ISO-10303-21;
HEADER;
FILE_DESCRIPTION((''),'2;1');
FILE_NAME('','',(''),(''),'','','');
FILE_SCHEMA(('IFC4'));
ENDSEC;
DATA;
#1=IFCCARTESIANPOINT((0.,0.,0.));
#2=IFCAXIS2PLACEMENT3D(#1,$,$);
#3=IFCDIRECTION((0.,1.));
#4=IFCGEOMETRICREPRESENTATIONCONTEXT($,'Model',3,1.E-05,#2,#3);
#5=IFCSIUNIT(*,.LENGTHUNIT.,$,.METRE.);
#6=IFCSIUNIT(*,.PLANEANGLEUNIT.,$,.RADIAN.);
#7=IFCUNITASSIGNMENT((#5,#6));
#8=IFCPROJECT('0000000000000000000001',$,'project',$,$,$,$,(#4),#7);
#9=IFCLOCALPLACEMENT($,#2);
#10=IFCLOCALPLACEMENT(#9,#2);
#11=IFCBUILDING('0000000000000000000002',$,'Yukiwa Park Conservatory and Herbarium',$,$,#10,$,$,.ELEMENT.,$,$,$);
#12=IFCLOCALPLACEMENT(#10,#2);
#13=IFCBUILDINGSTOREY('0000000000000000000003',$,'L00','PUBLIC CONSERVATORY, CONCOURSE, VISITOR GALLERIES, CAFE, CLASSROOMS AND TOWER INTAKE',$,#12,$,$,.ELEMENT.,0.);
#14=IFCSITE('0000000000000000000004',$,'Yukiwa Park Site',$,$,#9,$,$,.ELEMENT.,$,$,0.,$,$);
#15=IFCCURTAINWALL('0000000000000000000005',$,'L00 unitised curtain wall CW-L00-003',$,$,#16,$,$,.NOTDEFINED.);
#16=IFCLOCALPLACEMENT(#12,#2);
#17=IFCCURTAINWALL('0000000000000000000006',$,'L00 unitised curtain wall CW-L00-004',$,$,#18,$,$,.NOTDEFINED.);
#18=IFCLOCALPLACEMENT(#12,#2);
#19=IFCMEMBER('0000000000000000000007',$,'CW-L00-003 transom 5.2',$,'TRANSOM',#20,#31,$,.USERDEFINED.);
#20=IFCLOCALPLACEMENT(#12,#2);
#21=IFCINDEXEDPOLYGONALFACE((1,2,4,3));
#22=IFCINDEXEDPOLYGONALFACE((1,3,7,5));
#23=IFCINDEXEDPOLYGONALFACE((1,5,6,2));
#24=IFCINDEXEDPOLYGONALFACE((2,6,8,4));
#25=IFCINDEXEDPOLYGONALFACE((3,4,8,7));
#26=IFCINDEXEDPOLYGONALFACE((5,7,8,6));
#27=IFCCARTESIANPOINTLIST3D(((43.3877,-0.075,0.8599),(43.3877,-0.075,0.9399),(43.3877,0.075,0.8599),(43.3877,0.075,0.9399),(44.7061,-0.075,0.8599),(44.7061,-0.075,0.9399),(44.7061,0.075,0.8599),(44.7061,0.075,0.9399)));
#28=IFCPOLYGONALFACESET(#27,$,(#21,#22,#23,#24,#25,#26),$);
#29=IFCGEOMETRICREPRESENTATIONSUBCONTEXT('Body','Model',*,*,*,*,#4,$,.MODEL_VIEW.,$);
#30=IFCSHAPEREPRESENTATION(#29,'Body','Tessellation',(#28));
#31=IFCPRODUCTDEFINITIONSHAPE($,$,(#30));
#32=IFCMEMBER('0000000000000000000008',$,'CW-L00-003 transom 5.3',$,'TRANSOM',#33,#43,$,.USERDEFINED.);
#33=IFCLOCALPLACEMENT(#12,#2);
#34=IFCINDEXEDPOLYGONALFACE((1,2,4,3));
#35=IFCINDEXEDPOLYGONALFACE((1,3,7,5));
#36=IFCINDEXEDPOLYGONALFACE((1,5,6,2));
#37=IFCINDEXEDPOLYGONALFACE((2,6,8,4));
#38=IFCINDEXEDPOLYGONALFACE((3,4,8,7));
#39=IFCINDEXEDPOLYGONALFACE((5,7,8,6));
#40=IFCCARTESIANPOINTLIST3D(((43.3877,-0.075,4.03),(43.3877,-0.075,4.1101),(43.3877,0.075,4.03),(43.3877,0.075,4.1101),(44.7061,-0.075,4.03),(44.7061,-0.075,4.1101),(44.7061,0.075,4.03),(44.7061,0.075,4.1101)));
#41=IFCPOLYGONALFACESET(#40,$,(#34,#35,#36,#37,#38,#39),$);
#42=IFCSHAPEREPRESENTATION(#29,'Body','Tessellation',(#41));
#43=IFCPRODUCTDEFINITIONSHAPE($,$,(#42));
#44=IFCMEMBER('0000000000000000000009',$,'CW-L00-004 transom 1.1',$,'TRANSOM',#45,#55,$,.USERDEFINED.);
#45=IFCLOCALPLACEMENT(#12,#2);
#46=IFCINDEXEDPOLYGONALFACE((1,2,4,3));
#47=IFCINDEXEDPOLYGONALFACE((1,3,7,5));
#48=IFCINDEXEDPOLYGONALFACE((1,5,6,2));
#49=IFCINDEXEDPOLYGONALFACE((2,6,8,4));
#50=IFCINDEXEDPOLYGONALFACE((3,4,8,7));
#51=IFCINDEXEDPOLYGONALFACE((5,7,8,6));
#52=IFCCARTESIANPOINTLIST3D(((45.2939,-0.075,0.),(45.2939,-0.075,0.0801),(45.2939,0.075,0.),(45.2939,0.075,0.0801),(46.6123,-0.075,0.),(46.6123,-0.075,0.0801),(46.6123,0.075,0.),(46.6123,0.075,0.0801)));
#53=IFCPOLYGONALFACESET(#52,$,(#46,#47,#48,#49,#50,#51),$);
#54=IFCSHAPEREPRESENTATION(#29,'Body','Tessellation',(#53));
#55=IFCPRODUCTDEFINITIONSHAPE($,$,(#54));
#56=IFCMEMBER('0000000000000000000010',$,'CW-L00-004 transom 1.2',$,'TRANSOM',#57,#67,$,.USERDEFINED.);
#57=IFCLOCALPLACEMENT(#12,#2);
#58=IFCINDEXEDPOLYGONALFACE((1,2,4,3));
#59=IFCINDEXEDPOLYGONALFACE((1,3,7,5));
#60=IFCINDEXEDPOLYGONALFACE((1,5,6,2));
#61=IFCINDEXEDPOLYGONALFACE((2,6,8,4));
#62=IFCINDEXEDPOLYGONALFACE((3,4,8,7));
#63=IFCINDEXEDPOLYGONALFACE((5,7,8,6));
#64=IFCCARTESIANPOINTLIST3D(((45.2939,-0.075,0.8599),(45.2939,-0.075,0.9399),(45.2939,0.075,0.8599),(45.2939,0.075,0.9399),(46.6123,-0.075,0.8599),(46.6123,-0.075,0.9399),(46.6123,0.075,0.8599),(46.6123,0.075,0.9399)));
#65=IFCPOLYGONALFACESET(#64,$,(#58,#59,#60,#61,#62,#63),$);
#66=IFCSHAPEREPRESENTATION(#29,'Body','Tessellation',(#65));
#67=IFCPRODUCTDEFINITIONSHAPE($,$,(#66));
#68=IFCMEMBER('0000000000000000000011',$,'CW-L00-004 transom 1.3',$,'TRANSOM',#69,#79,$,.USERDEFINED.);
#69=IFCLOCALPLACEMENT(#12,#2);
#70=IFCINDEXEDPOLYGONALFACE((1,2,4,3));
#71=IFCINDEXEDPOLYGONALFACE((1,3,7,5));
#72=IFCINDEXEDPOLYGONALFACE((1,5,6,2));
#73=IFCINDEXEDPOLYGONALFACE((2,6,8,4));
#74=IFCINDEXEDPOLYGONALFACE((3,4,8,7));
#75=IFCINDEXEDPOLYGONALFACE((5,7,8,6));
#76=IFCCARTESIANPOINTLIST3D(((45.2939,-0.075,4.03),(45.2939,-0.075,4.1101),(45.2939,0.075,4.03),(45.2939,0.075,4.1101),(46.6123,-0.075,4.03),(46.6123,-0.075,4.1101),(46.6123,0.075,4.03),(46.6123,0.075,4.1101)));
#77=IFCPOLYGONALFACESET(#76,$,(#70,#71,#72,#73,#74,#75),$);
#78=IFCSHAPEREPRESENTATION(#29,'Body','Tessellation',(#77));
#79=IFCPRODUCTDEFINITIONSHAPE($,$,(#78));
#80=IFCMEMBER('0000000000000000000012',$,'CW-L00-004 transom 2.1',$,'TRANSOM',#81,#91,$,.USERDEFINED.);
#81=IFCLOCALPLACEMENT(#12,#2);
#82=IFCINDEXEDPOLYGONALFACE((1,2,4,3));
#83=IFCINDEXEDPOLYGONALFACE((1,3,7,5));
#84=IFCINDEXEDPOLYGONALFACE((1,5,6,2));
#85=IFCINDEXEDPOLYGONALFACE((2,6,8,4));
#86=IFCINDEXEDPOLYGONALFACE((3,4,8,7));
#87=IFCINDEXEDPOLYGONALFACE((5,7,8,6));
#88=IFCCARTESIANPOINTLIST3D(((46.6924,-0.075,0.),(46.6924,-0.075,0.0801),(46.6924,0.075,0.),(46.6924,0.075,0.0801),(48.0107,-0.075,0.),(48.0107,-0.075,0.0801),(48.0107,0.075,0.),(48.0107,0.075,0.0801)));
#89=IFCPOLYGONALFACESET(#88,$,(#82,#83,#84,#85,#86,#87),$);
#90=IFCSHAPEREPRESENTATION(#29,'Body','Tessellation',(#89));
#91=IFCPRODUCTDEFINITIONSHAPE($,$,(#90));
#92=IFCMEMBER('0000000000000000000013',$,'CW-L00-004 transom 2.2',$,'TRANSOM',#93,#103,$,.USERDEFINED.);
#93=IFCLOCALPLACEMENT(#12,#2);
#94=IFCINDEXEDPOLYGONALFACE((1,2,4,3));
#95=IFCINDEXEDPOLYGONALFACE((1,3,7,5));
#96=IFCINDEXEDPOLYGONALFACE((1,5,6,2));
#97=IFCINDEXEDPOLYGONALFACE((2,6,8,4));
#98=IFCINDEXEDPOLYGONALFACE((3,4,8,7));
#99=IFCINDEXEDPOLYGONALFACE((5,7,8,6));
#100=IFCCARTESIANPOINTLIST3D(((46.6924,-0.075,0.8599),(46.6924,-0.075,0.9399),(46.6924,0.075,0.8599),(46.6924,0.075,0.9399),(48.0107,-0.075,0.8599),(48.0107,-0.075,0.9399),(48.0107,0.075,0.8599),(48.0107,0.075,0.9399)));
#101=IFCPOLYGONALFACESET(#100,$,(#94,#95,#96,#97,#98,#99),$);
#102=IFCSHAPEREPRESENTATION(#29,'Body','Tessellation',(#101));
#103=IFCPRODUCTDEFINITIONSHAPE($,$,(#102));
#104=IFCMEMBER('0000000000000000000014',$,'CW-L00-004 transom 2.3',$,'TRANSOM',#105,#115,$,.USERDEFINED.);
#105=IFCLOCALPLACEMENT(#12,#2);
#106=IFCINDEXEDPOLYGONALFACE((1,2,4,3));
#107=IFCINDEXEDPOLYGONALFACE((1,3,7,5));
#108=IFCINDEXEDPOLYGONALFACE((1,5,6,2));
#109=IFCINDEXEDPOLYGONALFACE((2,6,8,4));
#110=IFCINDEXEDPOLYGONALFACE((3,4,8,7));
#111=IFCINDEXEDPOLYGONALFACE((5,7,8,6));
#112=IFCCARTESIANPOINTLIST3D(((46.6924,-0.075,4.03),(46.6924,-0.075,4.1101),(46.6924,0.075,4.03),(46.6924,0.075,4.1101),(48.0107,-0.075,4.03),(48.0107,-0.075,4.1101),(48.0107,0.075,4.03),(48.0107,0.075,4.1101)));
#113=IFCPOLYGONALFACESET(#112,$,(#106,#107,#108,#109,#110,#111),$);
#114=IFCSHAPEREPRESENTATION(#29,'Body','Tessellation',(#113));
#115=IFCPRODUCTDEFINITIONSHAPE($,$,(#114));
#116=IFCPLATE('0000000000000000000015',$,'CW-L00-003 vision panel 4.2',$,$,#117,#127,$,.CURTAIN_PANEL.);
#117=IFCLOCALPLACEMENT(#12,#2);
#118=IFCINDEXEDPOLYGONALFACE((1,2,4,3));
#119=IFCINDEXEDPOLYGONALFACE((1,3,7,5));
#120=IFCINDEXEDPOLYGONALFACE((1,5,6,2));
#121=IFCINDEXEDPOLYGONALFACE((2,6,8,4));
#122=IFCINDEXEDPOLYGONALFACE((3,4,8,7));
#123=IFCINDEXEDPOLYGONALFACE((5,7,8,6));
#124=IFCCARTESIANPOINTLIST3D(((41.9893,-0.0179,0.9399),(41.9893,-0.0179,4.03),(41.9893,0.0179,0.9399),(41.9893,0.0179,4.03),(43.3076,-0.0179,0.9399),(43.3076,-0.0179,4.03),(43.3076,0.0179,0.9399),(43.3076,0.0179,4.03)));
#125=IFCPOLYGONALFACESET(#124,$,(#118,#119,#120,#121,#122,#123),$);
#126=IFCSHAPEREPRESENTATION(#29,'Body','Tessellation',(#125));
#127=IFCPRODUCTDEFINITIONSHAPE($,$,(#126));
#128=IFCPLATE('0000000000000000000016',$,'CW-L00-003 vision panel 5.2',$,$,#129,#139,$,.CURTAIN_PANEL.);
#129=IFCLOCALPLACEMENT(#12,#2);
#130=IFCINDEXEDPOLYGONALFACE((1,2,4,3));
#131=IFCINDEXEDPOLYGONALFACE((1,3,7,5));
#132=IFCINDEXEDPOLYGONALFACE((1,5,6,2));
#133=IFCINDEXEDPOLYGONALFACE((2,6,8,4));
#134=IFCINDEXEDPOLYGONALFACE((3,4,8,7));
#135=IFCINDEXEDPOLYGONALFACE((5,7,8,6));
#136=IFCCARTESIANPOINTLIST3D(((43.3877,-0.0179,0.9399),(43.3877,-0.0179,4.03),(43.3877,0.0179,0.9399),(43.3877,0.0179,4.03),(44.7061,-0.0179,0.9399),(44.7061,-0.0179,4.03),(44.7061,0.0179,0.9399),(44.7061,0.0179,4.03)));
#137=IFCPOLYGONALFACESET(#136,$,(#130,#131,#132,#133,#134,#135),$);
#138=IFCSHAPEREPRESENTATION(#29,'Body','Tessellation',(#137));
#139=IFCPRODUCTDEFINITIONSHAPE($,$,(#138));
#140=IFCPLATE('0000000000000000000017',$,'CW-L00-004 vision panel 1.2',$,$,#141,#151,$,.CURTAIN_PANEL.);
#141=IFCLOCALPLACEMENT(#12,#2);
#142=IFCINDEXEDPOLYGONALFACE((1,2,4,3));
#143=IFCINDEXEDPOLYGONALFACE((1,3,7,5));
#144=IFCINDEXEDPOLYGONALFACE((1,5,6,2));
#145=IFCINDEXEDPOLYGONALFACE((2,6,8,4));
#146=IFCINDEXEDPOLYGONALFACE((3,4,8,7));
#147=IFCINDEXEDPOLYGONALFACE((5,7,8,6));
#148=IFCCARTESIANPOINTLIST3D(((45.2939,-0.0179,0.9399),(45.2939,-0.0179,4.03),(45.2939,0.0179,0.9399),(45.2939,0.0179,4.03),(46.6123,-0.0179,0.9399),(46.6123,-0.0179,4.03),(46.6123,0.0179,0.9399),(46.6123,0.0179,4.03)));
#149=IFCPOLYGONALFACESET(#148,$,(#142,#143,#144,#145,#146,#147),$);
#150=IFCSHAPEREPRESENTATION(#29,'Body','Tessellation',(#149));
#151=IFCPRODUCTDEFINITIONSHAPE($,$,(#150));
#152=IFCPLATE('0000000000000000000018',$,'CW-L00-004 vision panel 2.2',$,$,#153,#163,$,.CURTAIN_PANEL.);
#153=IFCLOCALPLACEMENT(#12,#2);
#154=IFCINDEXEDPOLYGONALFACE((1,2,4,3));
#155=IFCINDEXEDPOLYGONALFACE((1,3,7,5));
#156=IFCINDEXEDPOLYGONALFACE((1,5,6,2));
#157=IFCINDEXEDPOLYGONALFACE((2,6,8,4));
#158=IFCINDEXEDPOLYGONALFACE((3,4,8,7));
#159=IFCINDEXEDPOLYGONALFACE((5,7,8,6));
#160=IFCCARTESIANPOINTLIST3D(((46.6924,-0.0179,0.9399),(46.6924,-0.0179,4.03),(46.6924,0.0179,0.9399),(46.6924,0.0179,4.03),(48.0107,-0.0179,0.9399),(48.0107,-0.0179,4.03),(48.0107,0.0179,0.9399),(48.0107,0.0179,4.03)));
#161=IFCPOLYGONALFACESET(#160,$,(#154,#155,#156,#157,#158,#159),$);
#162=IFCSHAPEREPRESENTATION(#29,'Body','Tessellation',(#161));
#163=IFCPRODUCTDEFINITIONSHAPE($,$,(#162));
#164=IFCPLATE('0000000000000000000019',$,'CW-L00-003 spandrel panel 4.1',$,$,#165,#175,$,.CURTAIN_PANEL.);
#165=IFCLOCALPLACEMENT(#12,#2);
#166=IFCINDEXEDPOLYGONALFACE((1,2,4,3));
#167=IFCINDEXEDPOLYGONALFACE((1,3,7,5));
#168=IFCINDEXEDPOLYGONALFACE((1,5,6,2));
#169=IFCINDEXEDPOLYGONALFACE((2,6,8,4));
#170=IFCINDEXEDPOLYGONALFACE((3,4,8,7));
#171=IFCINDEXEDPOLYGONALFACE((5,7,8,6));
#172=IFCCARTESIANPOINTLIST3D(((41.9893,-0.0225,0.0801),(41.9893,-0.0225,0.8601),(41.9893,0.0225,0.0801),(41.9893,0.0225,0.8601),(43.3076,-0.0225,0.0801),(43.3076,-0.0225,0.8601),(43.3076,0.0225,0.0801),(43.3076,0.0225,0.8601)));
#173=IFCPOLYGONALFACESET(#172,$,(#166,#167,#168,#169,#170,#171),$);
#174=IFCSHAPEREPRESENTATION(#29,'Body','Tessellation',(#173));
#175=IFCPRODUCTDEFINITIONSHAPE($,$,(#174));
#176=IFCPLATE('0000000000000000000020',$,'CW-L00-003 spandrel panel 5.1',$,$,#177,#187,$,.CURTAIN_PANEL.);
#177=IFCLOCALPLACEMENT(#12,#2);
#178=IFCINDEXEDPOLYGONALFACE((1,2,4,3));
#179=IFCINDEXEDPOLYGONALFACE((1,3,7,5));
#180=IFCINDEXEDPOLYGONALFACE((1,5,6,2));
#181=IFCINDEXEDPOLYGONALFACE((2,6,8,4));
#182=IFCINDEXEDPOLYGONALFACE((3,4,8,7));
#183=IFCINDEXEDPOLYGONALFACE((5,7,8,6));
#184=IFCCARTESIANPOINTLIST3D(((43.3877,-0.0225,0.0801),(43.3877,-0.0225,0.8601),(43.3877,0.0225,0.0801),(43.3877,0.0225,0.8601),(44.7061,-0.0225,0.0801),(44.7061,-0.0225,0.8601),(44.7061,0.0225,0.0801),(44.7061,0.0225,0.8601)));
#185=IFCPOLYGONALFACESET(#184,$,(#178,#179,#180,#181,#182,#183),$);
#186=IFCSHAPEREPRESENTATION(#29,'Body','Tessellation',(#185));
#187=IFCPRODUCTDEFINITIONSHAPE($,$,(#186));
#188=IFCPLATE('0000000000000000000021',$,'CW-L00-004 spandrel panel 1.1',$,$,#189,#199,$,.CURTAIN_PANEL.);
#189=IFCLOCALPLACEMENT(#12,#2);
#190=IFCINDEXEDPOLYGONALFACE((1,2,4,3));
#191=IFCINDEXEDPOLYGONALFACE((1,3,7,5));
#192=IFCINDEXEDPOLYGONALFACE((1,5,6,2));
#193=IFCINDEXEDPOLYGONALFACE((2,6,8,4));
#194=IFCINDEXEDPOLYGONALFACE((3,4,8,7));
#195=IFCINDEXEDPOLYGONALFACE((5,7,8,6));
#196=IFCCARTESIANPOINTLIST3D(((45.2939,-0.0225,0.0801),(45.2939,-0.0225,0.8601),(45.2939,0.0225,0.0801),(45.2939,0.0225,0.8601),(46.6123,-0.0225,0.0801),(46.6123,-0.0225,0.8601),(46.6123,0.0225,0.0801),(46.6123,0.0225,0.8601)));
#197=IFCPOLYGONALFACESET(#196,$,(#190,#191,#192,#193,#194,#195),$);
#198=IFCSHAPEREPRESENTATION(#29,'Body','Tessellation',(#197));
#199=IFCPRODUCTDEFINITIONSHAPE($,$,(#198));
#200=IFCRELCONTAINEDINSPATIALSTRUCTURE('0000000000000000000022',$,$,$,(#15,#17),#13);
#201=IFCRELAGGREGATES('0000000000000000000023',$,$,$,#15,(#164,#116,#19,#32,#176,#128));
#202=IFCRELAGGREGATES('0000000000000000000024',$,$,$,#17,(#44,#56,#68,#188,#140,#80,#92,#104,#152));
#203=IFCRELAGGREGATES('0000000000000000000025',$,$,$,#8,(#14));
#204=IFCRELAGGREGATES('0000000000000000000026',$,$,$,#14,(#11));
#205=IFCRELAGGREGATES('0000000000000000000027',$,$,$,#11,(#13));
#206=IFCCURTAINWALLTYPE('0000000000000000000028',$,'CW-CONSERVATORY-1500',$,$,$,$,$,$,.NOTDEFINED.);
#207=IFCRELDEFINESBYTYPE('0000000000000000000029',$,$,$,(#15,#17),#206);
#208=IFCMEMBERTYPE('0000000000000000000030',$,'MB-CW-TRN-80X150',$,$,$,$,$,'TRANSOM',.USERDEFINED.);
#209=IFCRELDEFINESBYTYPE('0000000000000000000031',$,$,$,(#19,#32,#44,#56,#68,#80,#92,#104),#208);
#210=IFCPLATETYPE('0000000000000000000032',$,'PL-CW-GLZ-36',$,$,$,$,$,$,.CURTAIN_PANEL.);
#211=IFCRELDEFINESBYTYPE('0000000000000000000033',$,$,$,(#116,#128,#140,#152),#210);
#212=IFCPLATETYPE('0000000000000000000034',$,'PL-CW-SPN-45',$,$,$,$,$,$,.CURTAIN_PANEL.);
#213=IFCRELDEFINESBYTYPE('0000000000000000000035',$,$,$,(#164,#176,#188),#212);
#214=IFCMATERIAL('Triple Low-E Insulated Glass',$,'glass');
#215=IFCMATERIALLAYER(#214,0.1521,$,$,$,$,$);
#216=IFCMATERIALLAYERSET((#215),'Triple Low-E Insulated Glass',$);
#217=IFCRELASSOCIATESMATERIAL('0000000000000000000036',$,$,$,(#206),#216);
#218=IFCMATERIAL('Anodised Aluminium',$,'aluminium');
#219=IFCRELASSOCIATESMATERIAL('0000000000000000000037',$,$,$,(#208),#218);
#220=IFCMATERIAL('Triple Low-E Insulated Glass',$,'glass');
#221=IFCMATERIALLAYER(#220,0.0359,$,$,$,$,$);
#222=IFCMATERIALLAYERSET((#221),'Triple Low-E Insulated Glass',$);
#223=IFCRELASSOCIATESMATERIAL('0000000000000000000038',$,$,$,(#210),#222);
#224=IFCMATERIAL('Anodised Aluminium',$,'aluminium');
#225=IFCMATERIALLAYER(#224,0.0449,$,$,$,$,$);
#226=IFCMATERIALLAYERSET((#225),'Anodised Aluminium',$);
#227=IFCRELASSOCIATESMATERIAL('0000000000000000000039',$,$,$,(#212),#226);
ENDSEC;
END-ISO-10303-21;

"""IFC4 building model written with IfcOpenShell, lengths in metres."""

from ifc_helpers import new_model, si_unit, direction, frame, origin, origin_2d, place, context, subcontext, project, spatial, rectangle, extrude, material, layer, layer_set, type_object, element, aggregate, save


model = new_model("IFC4")

# Units and contexts
model_context = context("Model", 3, precision=1e-05, world=origin(), true_north=direction((0.0, 1.0)))
body_context = subcontext(model_context, "Body", "Model", "MODEL_VIEW")
ifc_project = project(units=[si_unit("LENGTHUNIT", "METRE"), si_unit("PLANEANGLEUNIT", "RADIAN")], contexts=[model_context])

# Site, building, storey
site_placement = place(None, origin())
site = spatial("IfcSite", under=ifc_project, at=site_placement, Name="Yukiwa Park Site", CompositionType="ELEMENT", RefElevation=0.0)
building_placement = place(site_placement, origin())
building = spatial("IfcBuilding", under=site, at=building_placement, Name="Yukiwa Park Conservatory and Herbarium", CompositionType="ELEMENT")
storey_placement = place(building_placement, origin())
storey = spatial("IfcBuildingStorey", under=building, at=storey_placement, Name="L00", Description="PUBLIC CONSERVATORY, CONCOURSE, VISITOR GALLERIES, CAFE, CLASSROOMS AND TOWER INTAKE", CompositionType="ELEMENT", Elevation=0.0)

# Curtain walls
ifc_material_1 = material(Name="Triple Low-E Insulated Glass", Category="glass")
ifc_layer_1 = layer(ifc_material_1, 0.1521)
ifc_layer_set_1 = layer_set([ifc_layer_1], Name="Triple Low-E Insulated Glass")
curtain_wall_type = type_object("IfcCurtainWallType", Name="CW-CONSERVATORY-1500", PredefinedType="NOTDEFINED", material=ifc_layer_set_1)
curtain_wall_1_placement = place(storey_placement, origin())
curtain_wall_1 = element("IfcCurtainWall", 1, at=curtain_wall_1_placement, inside=storey, type_object=curtain_wall_type, Name="L00 unitised curtain wall CW-L00-003", PredefinedType="NOTDEFINED")
curtain_wall_2_placement = place(storey_placement, origin())
curtain_wall_2 = element("IfcCurtainWall", 2, at=curtain_wall_2_placement, inside=storey, type_object=curtain_wall_type, Name="L00 unitised curtain wall CW-L00-004", PredefinedType="NOTDEFINED")

# Members
ifc_material_2 = material(Name="Anodised Aluminium", Category="aluminium")
member_type_1 = type_object("IfcMemberType", Name="MB-CW-TRN-80X150", ElementType="TRANSOM", PredefinedType="USERDEFINED", material=ifc_material_2)
member_1_placement = place(storey_placement, frame((44.0469, 0.0, 0.8599), z_axis=(0.0, 0.0, 1.0), x_axis=(1.0, 0.0, 0.0)))
member_1 = element("IfcMember", 3, at=member_1_placement, type_object=member_type_1, Name="CW-L00-003 transom 5.2", ObjectType="TRANSOM", PredefinedType="USERDEFINED", context=body_context, shape_type="SweptSolid", body=[
    extrude(rectangle(XDim=1.3184, YDim=0.1499, at=origin_2d()), origin(), (0.0, 0.0, 1.0), 0.0801),
])
member_2_placement = place(storey_placement, frame((44.0469, 0.0, 4.03), z_axis=(0.0, 0.0, 1.0), x_axis=(1.0, 0.0, 0.0)))
member_2 = element("IfcMember", 4, at=member_2_placement, type_object=member_type_1, Name="CW-L00-003 transom 5.3", ObjectType="TRANSOM", PredefinedType="USERDEFINED", context=body_context, shape_type="SweptSolid", body=[
    extrude(rectangle(XDim=1.3184, YDim=0.1499, at=origin_2d()), origin(), (0.0, 0.0, 1.0), 0.0801),
])
member_3_placement = place(storey_placement, frame((45.9531, 0.0, 0.0), z_axis=(0.0, 0.0, 1.0), x_axis=(1.0, 0.0, 0.0)))
member_3 = element("IfcMember", 5, at=member_3_placement, type_object=member_type_1, Name="CW-L00-004 transom 1.1", ObjectType="TRANSOM", PredefinedType="USERDEFINED", context=body_context, shape_type="SweptSolid", body=[
    extrude(rectangle(XDim=1.3184, YDim=0.1499, at=origin_2d()), origin(), (0.0, 0.0, 1.0), 0.0801),
])
member_4_placement = place(storey_placement, frame((45.9531, 0.0, 0.8599), z_axis=(0.0, 0.0, 1.0), x_axis=(1.0, 0.0, 0.0)))
member_4 = element("IfcMember", 6, at=member_4_placement, type_object=member_type_1, Name="CW-L00-004 transom 1.2", ObjectType="TRANSOM", PredefinedType="USERDEFINED", context=body_context, shape_type="SweptSolid", body=[
    extrude(rectangle(XDim=1.3184, YDim=0.1499, at=origin_2d()), origin(), (0.0, 0.0, 1.0), 0.0801),
])
member_5_placement = place(storey_placement, frame((45.9531, 0.0, 4.03), z_axis=(0.0, 0.0, 1.0), x_axis=(1.0, 0.0, 0.0)))
member_5 = element("IfcMember", 7, at=member_5_placement, type_object=member_type_1, Name="CW-L00-004 transom 1.3", ObjectType="TRANSOM", PredefinedType="USERDEFINED", context=body_context, shape_type="SweptSolid", body=[
    extrude(rectangle(XDim=1.3184, YDim=0.1499, at=origin_2d()), origin(), (0.0, 0.0, 1.0), 0.0801),
])
member_6_placement = place(storey_placement, frame((47.3516, 0.0, 0.0), z_axis=(0.0, 0.0, 1.0), x_axis=(1.0, 0.0, 0.0)))
member_6 = element("IfcMember", 8, at=member_6_placement, type_object=member_type_1, Name="CW-L00-004 transom 2.1", ObjectType="TRANSOM", PredefinedType="USERDEFINED", context=body_context, shape_type="SweptSolid", body=[
    extrude(rectangle(XDim=1.3184, YDim=0.1499, at=origin_2d()), origin(), (0.0, 0.0, 1.0), 0.0801),
])
member_7_placement = place(storey_placement, frame((47.3516, 0.0, 0.8599), z_axis=(0.0, 0.0, 1.0), x_axis=(1.0, 0.0, 0.0)))
member_7 = element("IfcMember", 9, at=member_7_placement, type_object=member_type_1, Name="CW-L00-004 transom 2.2", ObjectType="TRANSOM", PredefinedType="USERDEFINED", context=body_context, shape_type="SweptSolid", body=[
    extrude(rectangle(XDim=1.3184, YDim=0.1499, at=origin_2d()), origin(), (0.0, 0.0, 1.0), 0.0801),
])
member_8_placement = place(storey_placement, frame((47.3516, 0.0, 4.03), z_axis=(0.0, 0.0, 1.0), x_axis=(1.0, 0.0, 0.0)))
member_8 = element("IfcMember", 10, at=member_8_placement, type_object=member_type_1, Name="CW-L00-004 transom 2.3", ObjectType="TRANSOM", PredefinedType="USERDEFINED", context=body_context, shape_type="SweptSolid", body=[
    extrude(rectangle(XDim=1.3184, YDim=0.1499, at=origin_2d()), origin(), (0.0, 0.0, 1.0), 0.0801),
])

# Plates
ifc_material_3 = material(Name="Triple Low-E Insulated Glass", Category="glass")
ifc_layer_2 = layer(ifc_material_3, 0.0359)
ifc_layer_set_2 = layer_set([ifc_layer_2], Name="Triple Low-E Insulated Glass")
plate_type_1 = type_object("IfcPlateType", Name="PL-CW-GLZ-36", PredefinedType="CURTAIN_PANEL", material=ifc_layer_set_2)
plate_1_placement = place(storey_placement, frame((42.6484, 0.0, 0.9399), z_axis=(0.0, 0.0, 1.0), x_axis=(1.0, 0.0, 0.0)))
plate_1 = element("IfcPlate", 11, at=plate_1_placement, type_object=plate_type_1, Name="CW-L00-003 vision panel 4.2", PredefinedType="CURTAIN_PANEL", context=body_context, shape_type="SweptSolid", body=[
    extrude(rectangle(XDim=1.3184, YDim=0.0359, at=origin_2d()), origin(), (0.0, 0.0, 1.0), 3.0901),
])
plate_2_placement = place(storey_placement, frame((44.0469, 0.0, 0.9399), z_axis=(0.0, 0.0, 1.0), x_axis=(1.0, 0.0, 0.0)))
plate_2 = element("IfcPlate", 12, at=plate_2_placement, type_object=plate_type_1, Name="CW-L00-003 vision panel 5.2", PredefinedType="CURTAIN_PANEL", context=body_context, shape_type="SweptSolid", body=[
    extrude(rectangle(XDim=1.3184, YDim=0.0359, at=origin_2d()), origin(), (0.0, 0.0, 1.0), 3.0901),
])
plate_3_placement = place(storey_placement, frame((45.9531, 0.0, 0.9399), z_axis=(0.0, 0.0, 1.0), x_axis=(1.0, 0.0, 0.0)))
plate_3 = element("IfcPlate", 13, at=plate_3_placement, type_object=plate_type_1, Name="CW-L00-004 vision panel 1.2", PredefinedType="CURTAIN_PANEL", context=body_context, shape_type="SweptSolid", body=[
    extrude(rectangle(XDim=1.3184, YDim=0.0359, at=origin_2d()), origin(), (0.0, 0.0, 1.0), 3.0901),
])
plate_4_placement = place(storey_placement, frame((47.3516, 0.0, 0.9399), z_axis=(0.0, 0.0, 1.0), x_axis=(1.0, 0.0, 0.0)))
plate_4 = element("IfcPlate", 14, at=plate_4_placement, type_object=plate_type_1, Name="CW-L00-004 vision panel 2.2", PredefinedType="CURTAIN_PANEL", context=body_context, shape_type="SweptSolid", body=[
    extrude(rectangle(XDim=1.3184, YDim=0.0359, at=origin_2d()), origin(), (0.0, 0.0, 1.0), 3.0901),
])
ifc_material_4 = material(Name="Anodised Aluminium", Category="aluminium")
ifc_layer_3 = layer(ifc_material_4, 0.0449)
ifc_layer_set_3 = layer_set([ifc_layer_3], Name="Anodised Aluminium")
plate_type_2 = type_object("IfcPlateType", Name="PL-CW-SPN-45", PredefinedType="CURTAIN_PANEL", material=ifc_layer_set_3)
plate_5_placement = place(storey_placement, frame((42.6484, 0.0, 0.0801), z_axis=(0.0, 0.0, 1.0), x_axis=(1.0, 0.0, 0.0)))
plate_5 = element("IfcPlate", 15, at=plate_5_placement, type_object=plate_type_2, Name="CW-L00-003 spandrel panel 4.1", PredefinedType="CURTAIN_PANEL", context=body_context, shape_type="SweptSolid", body=[
    extrude(rectangle(XDim=1.3184, YDim=0.0449, at=origin_2d()), origin(), (0.0, 0.0, 1.0), 0.78),
])
plate_6_placement = place(storey_placement, frame((44.0469, 0.0, 0.0801), z_axis=(0.0, 0.0, 1.0), x_axis=(1.0, 0.0, 0.0)))
plate_6 = element("IfcPlate", 16, at=plate_6_placement, type_object=plate_type_2, Name="CW-L00-003 spandrel panel 5.1", PredefinedType="CURTAIN_PANEL", context=body_context, shape_type="SweptSolid", body=[
    extrude(rectangle(XDim=1.3184, YDim=0.0449, at=origin_2d()), origin(), (0.0, 0.0, 1.0), 0.78),
])
aggregate(curtain_wall_1, [plate_5, plate_1, member_1, member_2, plate_6, plate_2])
plate_7_placement = place(storey_placement, frame((45.9531, 0.0, 0.0801), z_axis=(0.0, 0.0, 1.0), x_axis=(1.0, 0.0, 0.0)))
plate_7 = element("IfcPlate", 17, at=plate_7_placement, type_object=plate_type_2, Name="CW-L00-004 spandrel panel 1.1", PredefinedType="CURTAIN_PANEL", context=body_context, shape_type="SweptSolid", body=[
    extrude(rectangle(XDim=1.3184, YDim=0.0449, at=origin_2d()), origin(), (0.0, 0.0, 1.0), 0.78),
])
aggregate(curtain_wall_2, [member_3, member_4, member_5, plate_7, plate_3, member_6, member_7, member_8, plate_4])

save(model, "model.ifc")
